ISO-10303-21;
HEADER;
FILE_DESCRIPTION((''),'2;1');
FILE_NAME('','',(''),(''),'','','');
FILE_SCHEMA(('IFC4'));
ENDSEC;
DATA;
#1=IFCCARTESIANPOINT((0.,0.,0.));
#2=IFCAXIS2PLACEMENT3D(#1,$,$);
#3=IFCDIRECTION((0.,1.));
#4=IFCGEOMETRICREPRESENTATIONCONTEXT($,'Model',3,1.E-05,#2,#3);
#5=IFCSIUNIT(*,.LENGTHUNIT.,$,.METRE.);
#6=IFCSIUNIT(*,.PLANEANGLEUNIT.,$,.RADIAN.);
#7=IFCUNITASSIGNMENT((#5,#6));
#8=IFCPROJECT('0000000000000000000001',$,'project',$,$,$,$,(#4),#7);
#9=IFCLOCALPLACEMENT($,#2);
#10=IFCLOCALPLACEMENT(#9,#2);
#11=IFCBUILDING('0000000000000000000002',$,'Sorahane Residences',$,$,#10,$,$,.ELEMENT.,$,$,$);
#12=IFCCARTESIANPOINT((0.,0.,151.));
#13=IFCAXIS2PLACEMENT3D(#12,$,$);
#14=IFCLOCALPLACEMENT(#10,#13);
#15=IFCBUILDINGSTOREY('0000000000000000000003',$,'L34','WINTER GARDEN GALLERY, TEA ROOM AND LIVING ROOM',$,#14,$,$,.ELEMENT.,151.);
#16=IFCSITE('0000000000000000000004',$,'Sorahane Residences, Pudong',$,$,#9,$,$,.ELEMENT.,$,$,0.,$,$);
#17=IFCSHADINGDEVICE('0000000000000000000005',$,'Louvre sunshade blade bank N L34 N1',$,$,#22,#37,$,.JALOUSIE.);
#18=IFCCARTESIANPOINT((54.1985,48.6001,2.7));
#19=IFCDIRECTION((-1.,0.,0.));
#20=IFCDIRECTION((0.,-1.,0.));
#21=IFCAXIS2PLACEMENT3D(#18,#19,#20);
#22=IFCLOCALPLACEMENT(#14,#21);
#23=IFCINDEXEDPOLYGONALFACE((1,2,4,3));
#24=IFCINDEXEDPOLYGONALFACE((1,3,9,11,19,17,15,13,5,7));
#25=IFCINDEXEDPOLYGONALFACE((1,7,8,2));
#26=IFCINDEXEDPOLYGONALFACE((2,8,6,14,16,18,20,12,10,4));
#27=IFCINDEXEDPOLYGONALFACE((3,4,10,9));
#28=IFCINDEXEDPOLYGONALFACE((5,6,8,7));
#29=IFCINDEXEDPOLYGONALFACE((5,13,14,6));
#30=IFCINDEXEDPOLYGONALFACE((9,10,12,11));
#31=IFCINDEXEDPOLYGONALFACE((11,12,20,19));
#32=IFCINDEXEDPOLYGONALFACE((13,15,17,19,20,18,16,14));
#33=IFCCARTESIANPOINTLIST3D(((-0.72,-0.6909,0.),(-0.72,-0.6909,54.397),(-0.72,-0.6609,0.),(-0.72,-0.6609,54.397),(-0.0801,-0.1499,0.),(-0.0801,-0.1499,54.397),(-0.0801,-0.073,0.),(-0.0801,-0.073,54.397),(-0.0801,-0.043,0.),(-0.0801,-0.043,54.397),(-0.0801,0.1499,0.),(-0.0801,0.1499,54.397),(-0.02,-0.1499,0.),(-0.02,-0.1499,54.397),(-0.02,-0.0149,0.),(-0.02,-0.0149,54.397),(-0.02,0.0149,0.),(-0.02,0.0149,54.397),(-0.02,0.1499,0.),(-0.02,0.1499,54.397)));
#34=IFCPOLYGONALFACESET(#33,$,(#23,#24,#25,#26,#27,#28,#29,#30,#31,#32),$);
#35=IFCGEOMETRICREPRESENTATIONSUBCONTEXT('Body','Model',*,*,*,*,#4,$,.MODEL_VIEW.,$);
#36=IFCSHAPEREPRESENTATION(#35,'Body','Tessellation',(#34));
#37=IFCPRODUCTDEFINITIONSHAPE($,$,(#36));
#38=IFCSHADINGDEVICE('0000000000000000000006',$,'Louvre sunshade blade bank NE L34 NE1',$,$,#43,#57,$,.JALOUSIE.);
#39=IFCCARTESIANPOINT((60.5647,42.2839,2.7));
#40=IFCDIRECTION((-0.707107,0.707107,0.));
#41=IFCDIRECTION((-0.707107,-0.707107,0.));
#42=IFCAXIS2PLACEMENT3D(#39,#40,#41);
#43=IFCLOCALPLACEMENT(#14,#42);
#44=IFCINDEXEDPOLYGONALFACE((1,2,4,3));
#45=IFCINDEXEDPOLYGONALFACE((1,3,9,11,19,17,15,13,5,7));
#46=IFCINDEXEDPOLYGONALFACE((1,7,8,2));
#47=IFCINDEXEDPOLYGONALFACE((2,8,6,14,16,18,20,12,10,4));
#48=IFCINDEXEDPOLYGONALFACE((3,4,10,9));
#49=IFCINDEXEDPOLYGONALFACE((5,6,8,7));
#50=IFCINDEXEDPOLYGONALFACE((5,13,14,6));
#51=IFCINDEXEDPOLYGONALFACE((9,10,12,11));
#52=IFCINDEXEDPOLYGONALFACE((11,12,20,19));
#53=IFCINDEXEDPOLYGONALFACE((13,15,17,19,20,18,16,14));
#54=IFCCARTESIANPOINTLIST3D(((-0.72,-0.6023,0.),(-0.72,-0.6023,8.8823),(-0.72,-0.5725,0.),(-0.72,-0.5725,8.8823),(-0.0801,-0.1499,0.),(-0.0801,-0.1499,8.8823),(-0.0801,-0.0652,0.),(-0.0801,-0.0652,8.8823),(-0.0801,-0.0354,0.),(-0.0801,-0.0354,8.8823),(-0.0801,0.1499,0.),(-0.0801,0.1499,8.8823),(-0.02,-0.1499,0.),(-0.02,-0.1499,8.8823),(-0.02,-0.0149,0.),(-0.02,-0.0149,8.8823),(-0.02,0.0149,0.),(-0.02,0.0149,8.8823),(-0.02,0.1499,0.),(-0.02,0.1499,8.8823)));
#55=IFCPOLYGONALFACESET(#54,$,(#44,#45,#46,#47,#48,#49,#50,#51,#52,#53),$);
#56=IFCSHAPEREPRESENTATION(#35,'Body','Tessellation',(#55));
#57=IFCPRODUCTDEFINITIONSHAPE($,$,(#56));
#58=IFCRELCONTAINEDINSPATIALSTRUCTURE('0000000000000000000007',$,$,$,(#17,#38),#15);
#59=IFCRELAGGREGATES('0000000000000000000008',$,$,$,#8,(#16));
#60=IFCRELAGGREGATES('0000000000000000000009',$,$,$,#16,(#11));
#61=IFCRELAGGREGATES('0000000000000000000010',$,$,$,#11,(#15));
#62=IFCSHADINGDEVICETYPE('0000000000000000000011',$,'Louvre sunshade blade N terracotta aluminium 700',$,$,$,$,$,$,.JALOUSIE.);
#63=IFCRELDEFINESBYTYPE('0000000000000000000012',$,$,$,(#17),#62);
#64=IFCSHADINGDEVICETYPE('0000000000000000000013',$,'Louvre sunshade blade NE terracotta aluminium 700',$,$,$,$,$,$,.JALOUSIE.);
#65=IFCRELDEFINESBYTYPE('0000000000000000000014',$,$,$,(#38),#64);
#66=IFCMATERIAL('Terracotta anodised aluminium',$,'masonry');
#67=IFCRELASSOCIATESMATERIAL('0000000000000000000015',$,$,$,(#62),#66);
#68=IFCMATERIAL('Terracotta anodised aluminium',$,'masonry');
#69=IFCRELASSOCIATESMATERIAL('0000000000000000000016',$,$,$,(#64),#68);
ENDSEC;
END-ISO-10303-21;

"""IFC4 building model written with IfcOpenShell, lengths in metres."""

from ifc_helpers import new_model, si_unit, direction, frame, origin, place, context, subcontext, project, spatial, polyline, outline, extrude, material, type_object, element, save


model = new_model("IFC4")

# Units and contexts
model_context = context("Model", 3, precision=1e-05, world=origin(), true_north=direction((0.0, 1.0)))
body_context = subcontext(model_context, "Body", "Model", "MODEL_VIEW")
ifc_project = project(units=[si_unit("LENGTHUNIT", "METRE"), si_unit("PLANEANGLEUNIT", "RADIAN")], contexts=[model_context])

# Site, building, storey
site_placement = place(None, origin())
site = spatial("IfcSite", under=ifc_project, at=site_placement, Name="Sorahane Residences, Pudong", CompositionType="ELEMENT", RefElevation=0.0)
building_placement = place(site_placement, origin())
building = spatial("IfcBuilding", under=site, at=building_placement, Name="Sorahane Residences", CompositionType="ELEMENT")
storey_placement = place(building_placement, frame((0.0, 0.0, 151.0)))
storey = spatial("IfcBuildingStorey", under=building, at=storey_placement, Name="L34", Description="WINTER GARDEN GALLERY, TEA ROOM AND LIVING ROOM", CompositionType="ELEMENT", Elevation=151.0)

# Shading devices
ifc_material_1 = material(Name="Terracotta anodised aluminium", Category="masonry")
shading_device_type_1 = type_object("IfcShadingDeviceType", Name="Louvre sunshade blade N terracotta aluminium 700", PredefinedType="JALOUSIE", material=ifc_material_1)
shading_device_1_placement = place(storey_placement, frame((54.1985, 48.6001, 2.7), z_axis=(-1.0, 0.0, 0.0), x_axis=(0.0, -1.0, 0.0)))
element("IfcShadingDevice", 1, at=shading_device_1_placement, inside=storey, type_object=shading_device_type_1, Name="Louvre sunshade blade bank N L34 N1", PredefinedType="JALOUSIE", context=body_context, shape_type="SweptSolid", body=[
    extrude(outline(polyline([(-0.72, -0.6609), (-0.72, -0.6909), (-0.0801, -0.073), (-0.0801, -0.1499), (-0.02, -0.1499), (-0.02, -0.0149), (-0.02, 0.0149), (-0.02, 0.1499), (-0.0801, 0.1499), (-0.0801, -0.043), (-0.72, -0.6609)])), origin(), (0.0, 0.0, 1.0), 54.397),
])
ifc_material_2 = material(Name="Terracotta anodised aluminium", Category="masonry")
shading_device_type_2 = type_object("IfcShadingDeviceType", Name="Louvre sunshade blade NE terracotta aluminium 700", PredefinedType="JALOUSIE", material=ifc_material_2)
shading_device_2_placement = place(storey_placement, frame((60.5647, 42.2839, 2.7), z_axis=(-0.707107, 0.707107, 0.0), x_axis=(-0.707107, -0.707107, 0.0)))
element("IfcShadingDevice", 2, at=shading_device_2_placement, inside=storey, type_object=shading_device_type_2, Name="Louvre sunshade blade bank NE L34 NE1", PredefinedType="JALOUSIE", context=body_context, shape_type="SweptSolid", body=[
    extrude(outline(polyline([(-0.72, -0.5725), (-0.72, -0.6023), (-0.0801, -0.0652), (-0.0801, -0.1499), (-0.02, -0.1499), (-0.02, -0.0149), (-0.02, 0.0149), (-0.02, 0.1499), (-0.0801, 0.1499), (-0.0801, -0.0354), (-0.72, -0.5725)])), origin(), (0.0, 0.0, 1.0), 8.8823),
])

save(model, "model.ifc")
